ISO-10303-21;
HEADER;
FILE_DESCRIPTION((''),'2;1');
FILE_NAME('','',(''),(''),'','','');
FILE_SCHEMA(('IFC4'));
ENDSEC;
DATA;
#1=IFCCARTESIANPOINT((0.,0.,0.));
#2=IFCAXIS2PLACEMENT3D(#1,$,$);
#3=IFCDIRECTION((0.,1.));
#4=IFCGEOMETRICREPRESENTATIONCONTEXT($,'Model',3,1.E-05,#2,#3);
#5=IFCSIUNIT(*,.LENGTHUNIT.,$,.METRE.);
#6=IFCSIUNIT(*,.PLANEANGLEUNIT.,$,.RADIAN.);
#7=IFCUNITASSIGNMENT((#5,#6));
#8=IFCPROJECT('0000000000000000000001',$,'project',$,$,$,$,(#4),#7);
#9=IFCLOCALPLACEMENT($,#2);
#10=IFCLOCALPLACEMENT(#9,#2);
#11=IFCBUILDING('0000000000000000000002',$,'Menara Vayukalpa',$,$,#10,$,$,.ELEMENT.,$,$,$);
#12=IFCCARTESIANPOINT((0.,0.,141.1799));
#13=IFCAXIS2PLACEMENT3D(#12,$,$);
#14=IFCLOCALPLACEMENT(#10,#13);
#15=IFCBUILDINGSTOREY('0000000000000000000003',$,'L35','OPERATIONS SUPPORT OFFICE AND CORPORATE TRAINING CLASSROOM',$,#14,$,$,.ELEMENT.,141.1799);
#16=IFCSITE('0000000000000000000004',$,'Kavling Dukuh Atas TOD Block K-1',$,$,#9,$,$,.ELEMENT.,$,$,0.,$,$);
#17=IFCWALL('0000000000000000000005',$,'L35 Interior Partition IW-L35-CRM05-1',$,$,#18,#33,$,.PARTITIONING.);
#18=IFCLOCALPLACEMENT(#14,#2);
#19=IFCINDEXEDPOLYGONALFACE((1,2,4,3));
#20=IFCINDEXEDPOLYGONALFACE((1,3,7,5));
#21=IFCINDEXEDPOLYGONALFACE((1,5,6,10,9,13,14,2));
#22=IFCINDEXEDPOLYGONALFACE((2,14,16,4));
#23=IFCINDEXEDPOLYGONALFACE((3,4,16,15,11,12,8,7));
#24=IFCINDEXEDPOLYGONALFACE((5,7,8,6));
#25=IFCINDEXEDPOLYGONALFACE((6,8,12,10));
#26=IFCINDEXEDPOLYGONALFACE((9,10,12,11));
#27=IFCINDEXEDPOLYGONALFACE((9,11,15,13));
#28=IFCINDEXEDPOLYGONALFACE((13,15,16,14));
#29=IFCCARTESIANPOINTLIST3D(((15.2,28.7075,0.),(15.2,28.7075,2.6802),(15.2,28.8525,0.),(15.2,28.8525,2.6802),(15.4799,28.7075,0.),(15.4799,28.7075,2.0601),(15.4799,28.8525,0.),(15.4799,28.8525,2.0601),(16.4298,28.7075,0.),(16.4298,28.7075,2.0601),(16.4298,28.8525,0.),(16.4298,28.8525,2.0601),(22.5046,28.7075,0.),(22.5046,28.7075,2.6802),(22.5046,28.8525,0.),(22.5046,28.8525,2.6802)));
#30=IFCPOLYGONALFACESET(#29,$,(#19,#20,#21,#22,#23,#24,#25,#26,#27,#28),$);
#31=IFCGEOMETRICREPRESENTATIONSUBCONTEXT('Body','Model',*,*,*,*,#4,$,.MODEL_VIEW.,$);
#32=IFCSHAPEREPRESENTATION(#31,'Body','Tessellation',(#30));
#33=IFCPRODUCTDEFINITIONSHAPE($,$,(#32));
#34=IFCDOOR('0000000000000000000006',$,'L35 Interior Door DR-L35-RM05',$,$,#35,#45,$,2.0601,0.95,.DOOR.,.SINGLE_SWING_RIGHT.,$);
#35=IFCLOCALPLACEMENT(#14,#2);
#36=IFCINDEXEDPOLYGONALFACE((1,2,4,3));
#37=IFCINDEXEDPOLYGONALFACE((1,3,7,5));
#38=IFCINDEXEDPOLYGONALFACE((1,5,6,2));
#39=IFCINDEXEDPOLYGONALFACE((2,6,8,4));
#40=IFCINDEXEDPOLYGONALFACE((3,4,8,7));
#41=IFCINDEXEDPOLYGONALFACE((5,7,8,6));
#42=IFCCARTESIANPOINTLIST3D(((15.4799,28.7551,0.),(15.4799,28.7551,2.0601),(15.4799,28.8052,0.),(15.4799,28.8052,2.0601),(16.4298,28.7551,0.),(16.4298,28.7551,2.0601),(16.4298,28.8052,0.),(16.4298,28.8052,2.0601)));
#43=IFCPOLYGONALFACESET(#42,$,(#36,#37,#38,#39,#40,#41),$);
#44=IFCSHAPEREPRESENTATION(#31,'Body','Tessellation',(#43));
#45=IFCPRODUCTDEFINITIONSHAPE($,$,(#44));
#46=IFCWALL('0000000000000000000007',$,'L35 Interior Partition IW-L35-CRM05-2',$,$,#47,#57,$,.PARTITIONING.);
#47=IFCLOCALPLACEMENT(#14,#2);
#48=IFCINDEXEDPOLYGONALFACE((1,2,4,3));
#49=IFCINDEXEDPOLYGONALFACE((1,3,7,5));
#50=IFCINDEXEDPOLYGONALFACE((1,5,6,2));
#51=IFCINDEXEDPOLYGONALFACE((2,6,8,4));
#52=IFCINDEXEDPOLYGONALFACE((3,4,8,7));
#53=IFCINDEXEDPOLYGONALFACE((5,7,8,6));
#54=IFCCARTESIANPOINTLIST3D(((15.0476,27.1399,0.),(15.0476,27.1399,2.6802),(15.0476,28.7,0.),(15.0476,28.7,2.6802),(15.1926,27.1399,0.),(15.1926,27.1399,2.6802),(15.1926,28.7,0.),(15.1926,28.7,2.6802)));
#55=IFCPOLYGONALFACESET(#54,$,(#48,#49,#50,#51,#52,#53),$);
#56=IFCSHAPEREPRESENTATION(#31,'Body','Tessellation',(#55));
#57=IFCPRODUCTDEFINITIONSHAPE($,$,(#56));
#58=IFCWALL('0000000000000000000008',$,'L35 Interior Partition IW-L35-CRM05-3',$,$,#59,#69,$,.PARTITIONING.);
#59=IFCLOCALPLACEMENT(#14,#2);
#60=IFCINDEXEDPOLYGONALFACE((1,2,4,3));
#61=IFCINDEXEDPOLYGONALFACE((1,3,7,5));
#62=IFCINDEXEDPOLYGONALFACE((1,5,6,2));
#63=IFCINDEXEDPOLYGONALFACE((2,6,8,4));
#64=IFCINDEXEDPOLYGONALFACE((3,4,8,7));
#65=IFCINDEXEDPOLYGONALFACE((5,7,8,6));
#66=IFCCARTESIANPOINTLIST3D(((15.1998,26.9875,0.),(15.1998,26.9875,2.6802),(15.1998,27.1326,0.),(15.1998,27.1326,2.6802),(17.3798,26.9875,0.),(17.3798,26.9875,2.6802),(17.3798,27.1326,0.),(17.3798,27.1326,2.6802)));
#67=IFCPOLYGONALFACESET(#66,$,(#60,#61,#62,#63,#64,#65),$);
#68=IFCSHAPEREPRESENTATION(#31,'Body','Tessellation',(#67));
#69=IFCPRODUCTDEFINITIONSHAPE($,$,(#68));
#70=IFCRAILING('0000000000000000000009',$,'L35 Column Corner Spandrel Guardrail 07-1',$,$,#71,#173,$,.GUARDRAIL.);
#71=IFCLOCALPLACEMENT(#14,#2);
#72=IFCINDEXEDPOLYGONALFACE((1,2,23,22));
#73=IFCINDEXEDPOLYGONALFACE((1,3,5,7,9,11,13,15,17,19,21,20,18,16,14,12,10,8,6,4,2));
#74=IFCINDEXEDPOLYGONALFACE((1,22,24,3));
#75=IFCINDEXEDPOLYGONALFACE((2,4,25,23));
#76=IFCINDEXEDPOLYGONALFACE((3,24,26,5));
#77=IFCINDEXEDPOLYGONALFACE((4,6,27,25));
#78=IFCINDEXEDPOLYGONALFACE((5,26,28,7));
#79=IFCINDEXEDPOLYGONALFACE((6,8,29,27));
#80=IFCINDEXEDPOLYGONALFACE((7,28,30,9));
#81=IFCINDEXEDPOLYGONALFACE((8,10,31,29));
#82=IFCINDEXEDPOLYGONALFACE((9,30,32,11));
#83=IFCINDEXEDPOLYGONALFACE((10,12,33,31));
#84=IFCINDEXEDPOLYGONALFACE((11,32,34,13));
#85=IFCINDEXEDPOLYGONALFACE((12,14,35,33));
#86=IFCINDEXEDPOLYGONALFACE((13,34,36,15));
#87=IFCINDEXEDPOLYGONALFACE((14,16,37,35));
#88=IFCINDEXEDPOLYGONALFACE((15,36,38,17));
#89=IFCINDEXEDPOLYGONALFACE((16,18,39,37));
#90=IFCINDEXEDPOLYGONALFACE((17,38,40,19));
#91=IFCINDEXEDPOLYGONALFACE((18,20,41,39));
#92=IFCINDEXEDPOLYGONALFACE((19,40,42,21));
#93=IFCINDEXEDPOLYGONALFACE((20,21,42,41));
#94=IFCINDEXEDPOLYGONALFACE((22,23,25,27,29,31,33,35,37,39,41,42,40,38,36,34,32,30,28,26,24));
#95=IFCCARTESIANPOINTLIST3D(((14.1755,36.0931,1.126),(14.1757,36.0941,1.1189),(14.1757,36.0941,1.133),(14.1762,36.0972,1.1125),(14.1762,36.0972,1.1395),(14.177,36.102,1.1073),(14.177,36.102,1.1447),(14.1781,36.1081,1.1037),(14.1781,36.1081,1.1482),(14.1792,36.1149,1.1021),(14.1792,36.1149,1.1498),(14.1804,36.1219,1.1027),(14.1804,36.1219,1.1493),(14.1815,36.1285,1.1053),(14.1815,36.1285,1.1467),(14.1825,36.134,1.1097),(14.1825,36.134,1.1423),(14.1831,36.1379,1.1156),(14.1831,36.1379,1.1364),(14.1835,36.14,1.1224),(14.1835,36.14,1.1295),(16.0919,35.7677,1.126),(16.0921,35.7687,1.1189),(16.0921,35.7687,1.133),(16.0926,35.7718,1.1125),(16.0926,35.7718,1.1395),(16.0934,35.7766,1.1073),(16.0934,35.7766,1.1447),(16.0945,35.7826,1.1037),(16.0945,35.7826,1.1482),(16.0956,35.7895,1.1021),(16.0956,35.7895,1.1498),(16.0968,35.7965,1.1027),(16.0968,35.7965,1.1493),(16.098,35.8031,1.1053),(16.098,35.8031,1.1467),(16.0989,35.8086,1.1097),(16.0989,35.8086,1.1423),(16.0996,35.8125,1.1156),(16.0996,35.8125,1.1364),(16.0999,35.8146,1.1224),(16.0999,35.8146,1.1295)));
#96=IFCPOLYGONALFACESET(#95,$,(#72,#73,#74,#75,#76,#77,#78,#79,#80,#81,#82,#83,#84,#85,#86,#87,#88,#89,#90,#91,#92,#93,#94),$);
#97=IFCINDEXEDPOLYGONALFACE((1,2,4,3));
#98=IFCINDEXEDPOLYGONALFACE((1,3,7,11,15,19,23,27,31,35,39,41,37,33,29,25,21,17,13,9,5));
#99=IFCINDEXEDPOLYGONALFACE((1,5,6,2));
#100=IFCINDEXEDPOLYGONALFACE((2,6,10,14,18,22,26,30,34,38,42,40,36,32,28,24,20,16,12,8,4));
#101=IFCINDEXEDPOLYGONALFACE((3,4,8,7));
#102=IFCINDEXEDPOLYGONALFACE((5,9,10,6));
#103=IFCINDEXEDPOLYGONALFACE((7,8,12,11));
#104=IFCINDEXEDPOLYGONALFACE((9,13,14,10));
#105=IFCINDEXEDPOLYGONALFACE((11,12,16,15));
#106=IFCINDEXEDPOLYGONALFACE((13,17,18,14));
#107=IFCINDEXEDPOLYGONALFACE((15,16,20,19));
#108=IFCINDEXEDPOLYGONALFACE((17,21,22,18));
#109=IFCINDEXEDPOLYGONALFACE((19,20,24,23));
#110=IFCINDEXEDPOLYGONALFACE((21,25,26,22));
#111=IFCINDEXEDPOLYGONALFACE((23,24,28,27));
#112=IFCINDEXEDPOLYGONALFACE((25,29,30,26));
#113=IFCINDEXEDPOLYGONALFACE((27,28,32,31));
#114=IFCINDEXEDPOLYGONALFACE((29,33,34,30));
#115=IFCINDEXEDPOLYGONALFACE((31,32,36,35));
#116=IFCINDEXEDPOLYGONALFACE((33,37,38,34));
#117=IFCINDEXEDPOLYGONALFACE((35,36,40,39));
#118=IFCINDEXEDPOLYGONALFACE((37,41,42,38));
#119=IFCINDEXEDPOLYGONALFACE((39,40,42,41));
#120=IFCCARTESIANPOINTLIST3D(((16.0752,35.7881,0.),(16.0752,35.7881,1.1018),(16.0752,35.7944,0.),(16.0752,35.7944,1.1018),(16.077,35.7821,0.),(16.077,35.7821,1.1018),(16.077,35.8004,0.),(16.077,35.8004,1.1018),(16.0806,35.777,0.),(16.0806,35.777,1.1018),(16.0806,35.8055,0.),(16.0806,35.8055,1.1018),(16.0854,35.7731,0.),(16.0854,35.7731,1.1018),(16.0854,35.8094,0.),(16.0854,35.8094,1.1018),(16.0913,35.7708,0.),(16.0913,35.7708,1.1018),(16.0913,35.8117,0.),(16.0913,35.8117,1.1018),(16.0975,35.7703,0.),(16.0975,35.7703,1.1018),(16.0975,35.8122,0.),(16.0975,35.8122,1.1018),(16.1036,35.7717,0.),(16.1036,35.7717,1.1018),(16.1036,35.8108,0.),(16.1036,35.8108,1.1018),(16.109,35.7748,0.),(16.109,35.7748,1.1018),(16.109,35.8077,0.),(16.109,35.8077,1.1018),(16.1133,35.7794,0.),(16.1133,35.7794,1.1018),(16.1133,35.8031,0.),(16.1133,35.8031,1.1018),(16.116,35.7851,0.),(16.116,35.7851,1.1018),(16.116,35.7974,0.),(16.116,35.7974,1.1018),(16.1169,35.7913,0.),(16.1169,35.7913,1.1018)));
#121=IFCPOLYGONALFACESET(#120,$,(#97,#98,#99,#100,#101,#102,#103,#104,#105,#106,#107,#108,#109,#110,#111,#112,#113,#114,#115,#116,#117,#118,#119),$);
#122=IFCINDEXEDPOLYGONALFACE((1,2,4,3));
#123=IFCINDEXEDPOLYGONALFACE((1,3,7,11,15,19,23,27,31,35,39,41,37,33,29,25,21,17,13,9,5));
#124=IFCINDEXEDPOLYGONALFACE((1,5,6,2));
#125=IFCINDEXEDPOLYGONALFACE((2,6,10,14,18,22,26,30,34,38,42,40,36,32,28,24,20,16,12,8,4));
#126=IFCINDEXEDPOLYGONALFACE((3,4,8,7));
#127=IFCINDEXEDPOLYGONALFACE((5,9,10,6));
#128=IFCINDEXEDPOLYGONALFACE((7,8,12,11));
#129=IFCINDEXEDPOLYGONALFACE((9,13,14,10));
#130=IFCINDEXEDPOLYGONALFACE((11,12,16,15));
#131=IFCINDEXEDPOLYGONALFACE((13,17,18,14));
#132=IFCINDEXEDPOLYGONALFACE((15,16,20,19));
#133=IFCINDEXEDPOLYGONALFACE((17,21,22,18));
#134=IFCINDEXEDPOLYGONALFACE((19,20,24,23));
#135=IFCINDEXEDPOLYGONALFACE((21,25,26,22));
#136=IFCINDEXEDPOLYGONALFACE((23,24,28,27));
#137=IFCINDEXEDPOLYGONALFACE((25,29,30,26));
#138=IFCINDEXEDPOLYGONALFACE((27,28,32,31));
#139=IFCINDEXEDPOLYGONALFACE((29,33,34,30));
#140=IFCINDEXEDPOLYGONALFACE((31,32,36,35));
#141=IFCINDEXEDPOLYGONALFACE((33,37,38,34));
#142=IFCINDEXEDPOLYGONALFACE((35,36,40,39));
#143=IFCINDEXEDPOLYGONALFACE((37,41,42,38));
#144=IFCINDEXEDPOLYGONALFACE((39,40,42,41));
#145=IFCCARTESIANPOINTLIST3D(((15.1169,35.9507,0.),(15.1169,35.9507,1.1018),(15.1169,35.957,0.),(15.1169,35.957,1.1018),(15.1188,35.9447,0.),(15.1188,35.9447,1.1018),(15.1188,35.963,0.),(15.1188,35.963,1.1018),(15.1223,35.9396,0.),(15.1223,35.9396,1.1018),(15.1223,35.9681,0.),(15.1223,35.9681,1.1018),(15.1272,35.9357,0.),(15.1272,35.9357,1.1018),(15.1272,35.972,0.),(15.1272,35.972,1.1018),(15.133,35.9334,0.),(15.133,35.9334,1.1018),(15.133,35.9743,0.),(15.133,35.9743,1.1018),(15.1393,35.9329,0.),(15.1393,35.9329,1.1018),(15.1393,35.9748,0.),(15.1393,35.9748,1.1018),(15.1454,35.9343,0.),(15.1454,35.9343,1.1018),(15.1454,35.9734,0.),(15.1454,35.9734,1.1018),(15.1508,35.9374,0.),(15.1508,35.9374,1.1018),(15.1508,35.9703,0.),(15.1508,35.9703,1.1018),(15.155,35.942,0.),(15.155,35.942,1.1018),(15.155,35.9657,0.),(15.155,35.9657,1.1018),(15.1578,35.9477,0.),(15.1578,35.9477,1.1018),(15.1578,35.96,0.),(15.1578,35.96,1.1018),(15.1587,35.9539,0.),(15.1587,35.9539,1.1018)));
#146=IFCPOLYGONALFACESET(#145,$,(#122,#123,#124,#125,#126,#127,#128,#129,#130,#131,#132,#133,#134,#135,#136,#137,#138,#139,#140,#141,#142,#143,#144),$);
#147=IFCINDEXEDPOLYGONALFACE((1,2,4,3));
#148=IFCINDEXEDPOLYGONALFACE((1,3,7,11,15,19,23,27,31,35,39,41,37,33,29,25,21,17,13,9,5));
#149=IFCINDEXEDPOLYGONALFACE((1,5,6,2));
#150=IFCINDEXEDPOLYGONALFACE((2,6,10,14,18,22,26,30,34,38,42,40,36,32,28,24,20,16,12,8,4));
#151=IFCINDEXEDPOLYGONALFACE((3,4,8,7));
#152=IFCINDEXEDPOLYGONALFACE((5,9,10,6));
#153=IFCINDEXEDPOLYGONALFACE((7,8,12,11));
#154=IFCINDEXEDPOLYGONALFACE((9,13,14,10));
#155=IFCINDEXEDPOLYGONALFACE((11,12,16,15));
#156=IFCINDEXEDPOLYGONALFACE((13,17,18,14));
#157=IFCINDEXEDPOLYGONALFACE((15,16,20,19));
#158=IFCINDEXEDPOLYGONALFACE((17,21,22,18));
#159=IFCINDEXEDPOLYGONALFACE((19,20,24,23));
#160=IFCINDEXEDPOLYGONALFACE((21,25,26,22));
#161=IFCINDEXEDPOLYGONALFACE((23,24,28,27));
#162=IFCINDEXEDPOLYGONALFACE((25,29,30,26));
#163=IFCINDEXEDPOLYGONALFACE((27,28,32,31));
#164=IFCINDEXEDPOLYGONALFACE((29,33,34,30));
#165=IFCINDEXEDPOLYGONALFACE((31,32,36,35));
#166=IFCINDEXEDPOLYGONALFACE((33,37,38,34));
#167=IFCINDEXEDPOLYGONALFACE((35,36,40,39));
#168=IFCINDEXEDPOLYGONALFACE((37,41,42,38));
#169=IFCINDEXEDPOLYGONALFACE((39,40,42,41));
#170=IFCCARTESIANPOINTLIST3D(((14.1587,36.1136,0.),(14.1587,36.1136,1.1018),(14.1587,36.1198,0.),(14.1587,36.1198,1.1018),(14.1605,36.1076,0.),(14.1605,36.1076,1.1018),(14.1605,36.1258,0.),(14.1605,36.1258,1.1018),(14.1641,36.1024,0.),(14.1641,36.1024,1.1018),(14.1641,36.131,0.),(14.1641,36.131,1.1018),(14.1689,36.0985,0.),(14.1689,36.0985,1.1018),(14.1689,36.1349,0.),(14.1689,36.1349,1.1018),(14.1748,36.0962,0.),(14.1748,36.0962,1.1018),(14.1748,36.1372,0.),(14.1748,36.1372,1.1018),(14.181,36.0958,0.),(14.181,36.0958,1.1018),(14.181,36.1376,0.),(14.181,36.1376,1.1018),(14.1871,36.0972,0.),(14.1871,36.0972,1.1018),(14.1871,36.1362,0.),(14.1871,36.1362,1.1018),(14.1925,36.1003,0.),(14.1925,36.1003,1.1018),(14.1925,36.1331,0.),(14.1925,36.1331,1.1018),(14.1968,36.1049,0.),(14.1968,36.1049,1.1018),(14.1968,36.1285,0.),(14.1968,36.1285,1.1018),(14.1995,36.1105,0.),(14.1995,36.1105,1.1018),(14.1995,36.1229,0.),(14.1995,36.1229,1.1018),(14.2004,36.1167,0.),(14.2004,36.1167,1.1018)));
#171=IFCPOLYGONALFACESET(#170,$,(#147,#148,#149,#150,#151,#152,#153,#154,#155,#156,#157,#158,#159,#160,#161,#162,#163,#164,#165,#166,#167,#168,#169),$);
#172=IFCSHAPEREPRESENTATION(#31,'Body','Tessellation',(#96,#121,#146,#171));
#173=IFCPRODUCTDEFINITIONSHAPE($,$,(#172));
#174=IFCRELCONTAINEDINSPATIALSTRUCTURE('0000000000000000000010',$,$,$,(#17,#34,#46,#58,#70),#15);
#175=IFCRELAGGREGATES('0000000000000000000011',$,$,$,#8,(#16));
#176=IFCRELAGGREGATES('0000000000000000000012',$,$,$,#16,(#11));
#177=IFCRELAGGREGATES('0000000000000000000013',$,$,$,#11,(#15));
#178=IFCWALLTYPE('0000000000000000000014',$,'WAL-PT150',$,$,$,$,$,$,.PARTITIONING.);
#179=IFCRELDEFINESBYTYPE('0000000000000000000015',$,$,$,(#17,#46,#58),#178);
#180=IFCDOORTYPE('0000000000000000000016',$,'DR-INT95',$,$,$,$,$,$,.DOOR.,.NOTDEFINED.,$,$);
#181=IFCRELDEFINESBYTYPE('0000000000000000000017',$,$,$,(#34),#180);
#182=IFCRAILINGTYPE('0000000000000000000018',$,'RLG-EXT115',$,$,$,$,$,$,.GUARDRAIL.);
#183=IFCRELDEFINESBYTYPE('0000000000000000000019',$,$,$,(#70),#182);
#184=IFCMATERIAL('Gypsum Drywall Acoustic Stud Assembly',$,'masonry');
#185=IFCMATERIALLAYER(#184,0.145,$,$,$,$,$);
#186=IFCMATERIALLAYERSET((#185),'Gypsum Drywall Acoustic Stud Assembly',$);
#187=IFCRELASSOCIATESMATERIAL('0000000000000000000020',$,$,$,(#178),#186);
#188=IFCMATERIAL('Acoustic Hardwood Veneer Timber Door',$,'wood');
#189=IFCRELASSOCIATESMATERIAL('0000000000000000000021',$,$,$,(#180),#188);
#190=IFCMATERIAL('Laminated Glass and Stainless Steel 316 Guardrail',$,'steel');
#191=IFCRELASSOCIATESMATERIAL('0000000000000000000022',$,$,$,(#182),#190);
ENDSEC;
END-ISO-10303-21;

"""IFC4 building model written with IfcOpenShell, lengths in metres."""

from ifc_helpers import new_model, si_unit, direction, frame, frame_2d, origin, origin_2d, place, context, subcontext, project, spatial, rectangle, circle, extrude, material, layer, layer_set, type_object, element, fill, save


model = new_model("IFC4")

# Units and contexts
model_context = context("Model", 3, precision=1e-05, world=origin(), true_north=direction((0.0, 1.0)))
body_context = subcontext(model_context, "Body", "Model", "MODEL_VIEW")
ifc_project = project(units=[si_unit("LENGTHUNIT", "METRE"), si_unit("PLANEANGLEUNIT", "RADIAN")], contexts=[model_context])

# Site, building, storey
site_placement = place(None, origin())
site = spatial("IfcSite", under=ifc_project, at=site_placement, Name="Kavling Dukuh Atas TOD Block K-1", CompositionType="ELEMENT", RefElevation=0.0)
building_placement = place(site_placement, origin())
building = spatial("IfcBuilding", under=site, at=building_placement, Name="Menara Vayukalpa", CompositionType="ELEMENT")
storey_placement = place(building_placement, frame((0.0, 0.0, 141.1799)))
storey = spatial("IfcBuildingStorey", under=building, at=storey_placement, Name="L35", Description="OPERATIONS SUPPORT OFFICE AND CORPORATE TRAINING CLASSROOM", CompositionType="ELEMENT", Elevation=141.1799)

# Wall, opening, door
ifc_material_1 = material(Name="Gypsum Drywall Acoustic Stud Assembly", Category="masonry")
ifc_layer_1 = layer(ifc_material_1, 0.145)
ifc_layer_set_1 = layer_set([ifc_layer_1], Name="Gypsum Drywall Acoustic Stud Assembly")
wall_type_1 = type_object("IfcWallType", Name="WAL-PT150", PredefinedType="PARTITIONING", material=ifc_layer_set_1)
wall_1_placement = place(storey_placement, frame((22.5046, 28.78, 0.0), z_axis=(0.0, 0.0, 1.0), x_axis=(-1.0, 0.0, 0.0)))
wall_1 = element("IfcWall", 1, at=wall_1_placement, inside=storey, type_object=wall_type_1, Name="L35 Interior Partition IW-L35-CRM05-1", PredefinedType="PARTITIONING", context=body_context, shape_type="SweptSolid", body=[
    extrude(rectangle(XDim=7.3047, YDim=0.145, at=frame_2d((3.6523, 0.0))), origin(), (0.0, 0.0, 1.0), 2.6802),
])
opening_placement = place(wall_1_placement, frame((6.0747, 0.0, 0.0)))
opening = element("IfcOpeningElement", 2, at=opening_placement, cuts=wall_1, PredefinedType="OPENING", context=body_context, shape_type="SweptSolid", body=[
    extrude(rectangle(XDim=0.95, YDim=2.0601, at=frame_2d((0.4751, 1.03))), frame((0.0, 0.0825, 0.0), z_axis=(0.0, -1.0, 0.0), x_axis=(1.0, 0.0, 0.0)), (0.0, 0.0, 1.0), 0.165),
])
ifc_material_2 = material(Name="Acoustic Hardwood Veneer Timber Door", Category="wood")
door_type = type_object("IfcDoorType", Name="DR-INT95", OperationType="NOTDEFINED", PredefinedType="DOOR", material=ifc_material_2)
door_placement = place(opening_placement, origin())
door = element("IfcDoor", 3, at=door_placement, inside=storey, type_object=door_type, Name="L35 Interior Door DR-L35-RM05", OperationType="SINGLE_SWING_RIGHT", OverallHeight=2.0601, OverallWidth=0.95, PredefinedType="DOOR", context=body_context, shape_type="SweptSolid", body=[
    extrude(rectangle(XDim=0.95, YDim=2.0601, at=frame_2d((0.4751, 1.03))), frame((0.0, 0.0249, 0.0), z_axis=(0.0, -1.0, 0.0), x_axis=(1.0, 0.0, 0.0)), (0.0, 0.0, 1.0), 0.05),
])
fill(opening, door)

# Walls
wall_2_placement = place(storey_placement, frame((15.1201, 28.7, 0.0), z_axis=(0.0, 0.0, 1.0), x_axis=(0.0, -1.0, 0.0)))
element("IfcWall", 4, at=wall_2_placement, inside=storey, type_object=wall_type_1, Name="L35 Interior Partition IW-L35-CRM05-2", PredefinedType="PARTITIONING", context=body_context, shape_type="SweptSolid", body=[
    extrude(rectangle(XDim=1.5601, YDim=0.145, at=frame_2d((0.78, 0.0))), origin(), (0.0, 0.0, 1.0), 2.6802),
])
wall_3_placement = place(storey_placement, frame((15.2, 27.0601, 0.0), z_axis=(0.0, 0.0, 1.0), x_axis=(1.0, 0.0, 0.0)))
element("IfcWall", 5, at=wall_3_placement, inside=storey, type_object=wall_type_1, Name="L35 Interior Partition IW-L35-CRM05-3", PredefinedType="PARTITIONING", context=body_context, shape_type="SweptSolid", body=[
    extrude(rectangle(XDim=2.1799, YDim=0.145, at=frame_2d((1.0898, 0.0))), origin(), (0.0, 0.0, 1.0), 2.6802),
])

# Railing
ifc_material_3 = material(Name="Laminated Glass and Stainless Steel 316 Guardrail", Category="steel")
railing_type = type_object("IfcRailingType", Name="RLG-EXT115", PredefinedType="GUARDRAIL", material=ifc_material_3)
railing_1_placement = place(storey_placement, frame((16.0959, 35.7913, 0.0)))
element("IfcRailing", 6, at=railing_1_placement, inside=storey, type_object=railing_type, Name="L35 Column Corner Spandrel Guardrail 07-1", PredefinedType="GUARDRAIL", context=body_context, shape_type="SweptSolid", body=[
    extrude(circle(Radius=0.0239, at=origin_2d()), frame((0.0, 0.0, 1.126), z_axis=(-0.985887, 0.167412, 0.0), x_axis=(-0.167412, -0.985887, 0.0)), (0.0, 0.0, 1.0), 1.9438),
    extrude(circle(Radius=0.021, at=origin_2d()), origin(), (0.0, 0.0, 1.0), 1.1018),
    extrude(circle(Radius=0.021, at=origin_2d()), frame((-0.9583, 0.1626, 0.0)), (0.0, 0.0, 1.0), 1.1018),
    extrude(circle(Radius=0.021, at=origin_2d()), frame((-1.9165, 0.3254, 0.0)), (0.0, 0.0, 1.0), 1.1018),
])

save(model, "model.ifc")
